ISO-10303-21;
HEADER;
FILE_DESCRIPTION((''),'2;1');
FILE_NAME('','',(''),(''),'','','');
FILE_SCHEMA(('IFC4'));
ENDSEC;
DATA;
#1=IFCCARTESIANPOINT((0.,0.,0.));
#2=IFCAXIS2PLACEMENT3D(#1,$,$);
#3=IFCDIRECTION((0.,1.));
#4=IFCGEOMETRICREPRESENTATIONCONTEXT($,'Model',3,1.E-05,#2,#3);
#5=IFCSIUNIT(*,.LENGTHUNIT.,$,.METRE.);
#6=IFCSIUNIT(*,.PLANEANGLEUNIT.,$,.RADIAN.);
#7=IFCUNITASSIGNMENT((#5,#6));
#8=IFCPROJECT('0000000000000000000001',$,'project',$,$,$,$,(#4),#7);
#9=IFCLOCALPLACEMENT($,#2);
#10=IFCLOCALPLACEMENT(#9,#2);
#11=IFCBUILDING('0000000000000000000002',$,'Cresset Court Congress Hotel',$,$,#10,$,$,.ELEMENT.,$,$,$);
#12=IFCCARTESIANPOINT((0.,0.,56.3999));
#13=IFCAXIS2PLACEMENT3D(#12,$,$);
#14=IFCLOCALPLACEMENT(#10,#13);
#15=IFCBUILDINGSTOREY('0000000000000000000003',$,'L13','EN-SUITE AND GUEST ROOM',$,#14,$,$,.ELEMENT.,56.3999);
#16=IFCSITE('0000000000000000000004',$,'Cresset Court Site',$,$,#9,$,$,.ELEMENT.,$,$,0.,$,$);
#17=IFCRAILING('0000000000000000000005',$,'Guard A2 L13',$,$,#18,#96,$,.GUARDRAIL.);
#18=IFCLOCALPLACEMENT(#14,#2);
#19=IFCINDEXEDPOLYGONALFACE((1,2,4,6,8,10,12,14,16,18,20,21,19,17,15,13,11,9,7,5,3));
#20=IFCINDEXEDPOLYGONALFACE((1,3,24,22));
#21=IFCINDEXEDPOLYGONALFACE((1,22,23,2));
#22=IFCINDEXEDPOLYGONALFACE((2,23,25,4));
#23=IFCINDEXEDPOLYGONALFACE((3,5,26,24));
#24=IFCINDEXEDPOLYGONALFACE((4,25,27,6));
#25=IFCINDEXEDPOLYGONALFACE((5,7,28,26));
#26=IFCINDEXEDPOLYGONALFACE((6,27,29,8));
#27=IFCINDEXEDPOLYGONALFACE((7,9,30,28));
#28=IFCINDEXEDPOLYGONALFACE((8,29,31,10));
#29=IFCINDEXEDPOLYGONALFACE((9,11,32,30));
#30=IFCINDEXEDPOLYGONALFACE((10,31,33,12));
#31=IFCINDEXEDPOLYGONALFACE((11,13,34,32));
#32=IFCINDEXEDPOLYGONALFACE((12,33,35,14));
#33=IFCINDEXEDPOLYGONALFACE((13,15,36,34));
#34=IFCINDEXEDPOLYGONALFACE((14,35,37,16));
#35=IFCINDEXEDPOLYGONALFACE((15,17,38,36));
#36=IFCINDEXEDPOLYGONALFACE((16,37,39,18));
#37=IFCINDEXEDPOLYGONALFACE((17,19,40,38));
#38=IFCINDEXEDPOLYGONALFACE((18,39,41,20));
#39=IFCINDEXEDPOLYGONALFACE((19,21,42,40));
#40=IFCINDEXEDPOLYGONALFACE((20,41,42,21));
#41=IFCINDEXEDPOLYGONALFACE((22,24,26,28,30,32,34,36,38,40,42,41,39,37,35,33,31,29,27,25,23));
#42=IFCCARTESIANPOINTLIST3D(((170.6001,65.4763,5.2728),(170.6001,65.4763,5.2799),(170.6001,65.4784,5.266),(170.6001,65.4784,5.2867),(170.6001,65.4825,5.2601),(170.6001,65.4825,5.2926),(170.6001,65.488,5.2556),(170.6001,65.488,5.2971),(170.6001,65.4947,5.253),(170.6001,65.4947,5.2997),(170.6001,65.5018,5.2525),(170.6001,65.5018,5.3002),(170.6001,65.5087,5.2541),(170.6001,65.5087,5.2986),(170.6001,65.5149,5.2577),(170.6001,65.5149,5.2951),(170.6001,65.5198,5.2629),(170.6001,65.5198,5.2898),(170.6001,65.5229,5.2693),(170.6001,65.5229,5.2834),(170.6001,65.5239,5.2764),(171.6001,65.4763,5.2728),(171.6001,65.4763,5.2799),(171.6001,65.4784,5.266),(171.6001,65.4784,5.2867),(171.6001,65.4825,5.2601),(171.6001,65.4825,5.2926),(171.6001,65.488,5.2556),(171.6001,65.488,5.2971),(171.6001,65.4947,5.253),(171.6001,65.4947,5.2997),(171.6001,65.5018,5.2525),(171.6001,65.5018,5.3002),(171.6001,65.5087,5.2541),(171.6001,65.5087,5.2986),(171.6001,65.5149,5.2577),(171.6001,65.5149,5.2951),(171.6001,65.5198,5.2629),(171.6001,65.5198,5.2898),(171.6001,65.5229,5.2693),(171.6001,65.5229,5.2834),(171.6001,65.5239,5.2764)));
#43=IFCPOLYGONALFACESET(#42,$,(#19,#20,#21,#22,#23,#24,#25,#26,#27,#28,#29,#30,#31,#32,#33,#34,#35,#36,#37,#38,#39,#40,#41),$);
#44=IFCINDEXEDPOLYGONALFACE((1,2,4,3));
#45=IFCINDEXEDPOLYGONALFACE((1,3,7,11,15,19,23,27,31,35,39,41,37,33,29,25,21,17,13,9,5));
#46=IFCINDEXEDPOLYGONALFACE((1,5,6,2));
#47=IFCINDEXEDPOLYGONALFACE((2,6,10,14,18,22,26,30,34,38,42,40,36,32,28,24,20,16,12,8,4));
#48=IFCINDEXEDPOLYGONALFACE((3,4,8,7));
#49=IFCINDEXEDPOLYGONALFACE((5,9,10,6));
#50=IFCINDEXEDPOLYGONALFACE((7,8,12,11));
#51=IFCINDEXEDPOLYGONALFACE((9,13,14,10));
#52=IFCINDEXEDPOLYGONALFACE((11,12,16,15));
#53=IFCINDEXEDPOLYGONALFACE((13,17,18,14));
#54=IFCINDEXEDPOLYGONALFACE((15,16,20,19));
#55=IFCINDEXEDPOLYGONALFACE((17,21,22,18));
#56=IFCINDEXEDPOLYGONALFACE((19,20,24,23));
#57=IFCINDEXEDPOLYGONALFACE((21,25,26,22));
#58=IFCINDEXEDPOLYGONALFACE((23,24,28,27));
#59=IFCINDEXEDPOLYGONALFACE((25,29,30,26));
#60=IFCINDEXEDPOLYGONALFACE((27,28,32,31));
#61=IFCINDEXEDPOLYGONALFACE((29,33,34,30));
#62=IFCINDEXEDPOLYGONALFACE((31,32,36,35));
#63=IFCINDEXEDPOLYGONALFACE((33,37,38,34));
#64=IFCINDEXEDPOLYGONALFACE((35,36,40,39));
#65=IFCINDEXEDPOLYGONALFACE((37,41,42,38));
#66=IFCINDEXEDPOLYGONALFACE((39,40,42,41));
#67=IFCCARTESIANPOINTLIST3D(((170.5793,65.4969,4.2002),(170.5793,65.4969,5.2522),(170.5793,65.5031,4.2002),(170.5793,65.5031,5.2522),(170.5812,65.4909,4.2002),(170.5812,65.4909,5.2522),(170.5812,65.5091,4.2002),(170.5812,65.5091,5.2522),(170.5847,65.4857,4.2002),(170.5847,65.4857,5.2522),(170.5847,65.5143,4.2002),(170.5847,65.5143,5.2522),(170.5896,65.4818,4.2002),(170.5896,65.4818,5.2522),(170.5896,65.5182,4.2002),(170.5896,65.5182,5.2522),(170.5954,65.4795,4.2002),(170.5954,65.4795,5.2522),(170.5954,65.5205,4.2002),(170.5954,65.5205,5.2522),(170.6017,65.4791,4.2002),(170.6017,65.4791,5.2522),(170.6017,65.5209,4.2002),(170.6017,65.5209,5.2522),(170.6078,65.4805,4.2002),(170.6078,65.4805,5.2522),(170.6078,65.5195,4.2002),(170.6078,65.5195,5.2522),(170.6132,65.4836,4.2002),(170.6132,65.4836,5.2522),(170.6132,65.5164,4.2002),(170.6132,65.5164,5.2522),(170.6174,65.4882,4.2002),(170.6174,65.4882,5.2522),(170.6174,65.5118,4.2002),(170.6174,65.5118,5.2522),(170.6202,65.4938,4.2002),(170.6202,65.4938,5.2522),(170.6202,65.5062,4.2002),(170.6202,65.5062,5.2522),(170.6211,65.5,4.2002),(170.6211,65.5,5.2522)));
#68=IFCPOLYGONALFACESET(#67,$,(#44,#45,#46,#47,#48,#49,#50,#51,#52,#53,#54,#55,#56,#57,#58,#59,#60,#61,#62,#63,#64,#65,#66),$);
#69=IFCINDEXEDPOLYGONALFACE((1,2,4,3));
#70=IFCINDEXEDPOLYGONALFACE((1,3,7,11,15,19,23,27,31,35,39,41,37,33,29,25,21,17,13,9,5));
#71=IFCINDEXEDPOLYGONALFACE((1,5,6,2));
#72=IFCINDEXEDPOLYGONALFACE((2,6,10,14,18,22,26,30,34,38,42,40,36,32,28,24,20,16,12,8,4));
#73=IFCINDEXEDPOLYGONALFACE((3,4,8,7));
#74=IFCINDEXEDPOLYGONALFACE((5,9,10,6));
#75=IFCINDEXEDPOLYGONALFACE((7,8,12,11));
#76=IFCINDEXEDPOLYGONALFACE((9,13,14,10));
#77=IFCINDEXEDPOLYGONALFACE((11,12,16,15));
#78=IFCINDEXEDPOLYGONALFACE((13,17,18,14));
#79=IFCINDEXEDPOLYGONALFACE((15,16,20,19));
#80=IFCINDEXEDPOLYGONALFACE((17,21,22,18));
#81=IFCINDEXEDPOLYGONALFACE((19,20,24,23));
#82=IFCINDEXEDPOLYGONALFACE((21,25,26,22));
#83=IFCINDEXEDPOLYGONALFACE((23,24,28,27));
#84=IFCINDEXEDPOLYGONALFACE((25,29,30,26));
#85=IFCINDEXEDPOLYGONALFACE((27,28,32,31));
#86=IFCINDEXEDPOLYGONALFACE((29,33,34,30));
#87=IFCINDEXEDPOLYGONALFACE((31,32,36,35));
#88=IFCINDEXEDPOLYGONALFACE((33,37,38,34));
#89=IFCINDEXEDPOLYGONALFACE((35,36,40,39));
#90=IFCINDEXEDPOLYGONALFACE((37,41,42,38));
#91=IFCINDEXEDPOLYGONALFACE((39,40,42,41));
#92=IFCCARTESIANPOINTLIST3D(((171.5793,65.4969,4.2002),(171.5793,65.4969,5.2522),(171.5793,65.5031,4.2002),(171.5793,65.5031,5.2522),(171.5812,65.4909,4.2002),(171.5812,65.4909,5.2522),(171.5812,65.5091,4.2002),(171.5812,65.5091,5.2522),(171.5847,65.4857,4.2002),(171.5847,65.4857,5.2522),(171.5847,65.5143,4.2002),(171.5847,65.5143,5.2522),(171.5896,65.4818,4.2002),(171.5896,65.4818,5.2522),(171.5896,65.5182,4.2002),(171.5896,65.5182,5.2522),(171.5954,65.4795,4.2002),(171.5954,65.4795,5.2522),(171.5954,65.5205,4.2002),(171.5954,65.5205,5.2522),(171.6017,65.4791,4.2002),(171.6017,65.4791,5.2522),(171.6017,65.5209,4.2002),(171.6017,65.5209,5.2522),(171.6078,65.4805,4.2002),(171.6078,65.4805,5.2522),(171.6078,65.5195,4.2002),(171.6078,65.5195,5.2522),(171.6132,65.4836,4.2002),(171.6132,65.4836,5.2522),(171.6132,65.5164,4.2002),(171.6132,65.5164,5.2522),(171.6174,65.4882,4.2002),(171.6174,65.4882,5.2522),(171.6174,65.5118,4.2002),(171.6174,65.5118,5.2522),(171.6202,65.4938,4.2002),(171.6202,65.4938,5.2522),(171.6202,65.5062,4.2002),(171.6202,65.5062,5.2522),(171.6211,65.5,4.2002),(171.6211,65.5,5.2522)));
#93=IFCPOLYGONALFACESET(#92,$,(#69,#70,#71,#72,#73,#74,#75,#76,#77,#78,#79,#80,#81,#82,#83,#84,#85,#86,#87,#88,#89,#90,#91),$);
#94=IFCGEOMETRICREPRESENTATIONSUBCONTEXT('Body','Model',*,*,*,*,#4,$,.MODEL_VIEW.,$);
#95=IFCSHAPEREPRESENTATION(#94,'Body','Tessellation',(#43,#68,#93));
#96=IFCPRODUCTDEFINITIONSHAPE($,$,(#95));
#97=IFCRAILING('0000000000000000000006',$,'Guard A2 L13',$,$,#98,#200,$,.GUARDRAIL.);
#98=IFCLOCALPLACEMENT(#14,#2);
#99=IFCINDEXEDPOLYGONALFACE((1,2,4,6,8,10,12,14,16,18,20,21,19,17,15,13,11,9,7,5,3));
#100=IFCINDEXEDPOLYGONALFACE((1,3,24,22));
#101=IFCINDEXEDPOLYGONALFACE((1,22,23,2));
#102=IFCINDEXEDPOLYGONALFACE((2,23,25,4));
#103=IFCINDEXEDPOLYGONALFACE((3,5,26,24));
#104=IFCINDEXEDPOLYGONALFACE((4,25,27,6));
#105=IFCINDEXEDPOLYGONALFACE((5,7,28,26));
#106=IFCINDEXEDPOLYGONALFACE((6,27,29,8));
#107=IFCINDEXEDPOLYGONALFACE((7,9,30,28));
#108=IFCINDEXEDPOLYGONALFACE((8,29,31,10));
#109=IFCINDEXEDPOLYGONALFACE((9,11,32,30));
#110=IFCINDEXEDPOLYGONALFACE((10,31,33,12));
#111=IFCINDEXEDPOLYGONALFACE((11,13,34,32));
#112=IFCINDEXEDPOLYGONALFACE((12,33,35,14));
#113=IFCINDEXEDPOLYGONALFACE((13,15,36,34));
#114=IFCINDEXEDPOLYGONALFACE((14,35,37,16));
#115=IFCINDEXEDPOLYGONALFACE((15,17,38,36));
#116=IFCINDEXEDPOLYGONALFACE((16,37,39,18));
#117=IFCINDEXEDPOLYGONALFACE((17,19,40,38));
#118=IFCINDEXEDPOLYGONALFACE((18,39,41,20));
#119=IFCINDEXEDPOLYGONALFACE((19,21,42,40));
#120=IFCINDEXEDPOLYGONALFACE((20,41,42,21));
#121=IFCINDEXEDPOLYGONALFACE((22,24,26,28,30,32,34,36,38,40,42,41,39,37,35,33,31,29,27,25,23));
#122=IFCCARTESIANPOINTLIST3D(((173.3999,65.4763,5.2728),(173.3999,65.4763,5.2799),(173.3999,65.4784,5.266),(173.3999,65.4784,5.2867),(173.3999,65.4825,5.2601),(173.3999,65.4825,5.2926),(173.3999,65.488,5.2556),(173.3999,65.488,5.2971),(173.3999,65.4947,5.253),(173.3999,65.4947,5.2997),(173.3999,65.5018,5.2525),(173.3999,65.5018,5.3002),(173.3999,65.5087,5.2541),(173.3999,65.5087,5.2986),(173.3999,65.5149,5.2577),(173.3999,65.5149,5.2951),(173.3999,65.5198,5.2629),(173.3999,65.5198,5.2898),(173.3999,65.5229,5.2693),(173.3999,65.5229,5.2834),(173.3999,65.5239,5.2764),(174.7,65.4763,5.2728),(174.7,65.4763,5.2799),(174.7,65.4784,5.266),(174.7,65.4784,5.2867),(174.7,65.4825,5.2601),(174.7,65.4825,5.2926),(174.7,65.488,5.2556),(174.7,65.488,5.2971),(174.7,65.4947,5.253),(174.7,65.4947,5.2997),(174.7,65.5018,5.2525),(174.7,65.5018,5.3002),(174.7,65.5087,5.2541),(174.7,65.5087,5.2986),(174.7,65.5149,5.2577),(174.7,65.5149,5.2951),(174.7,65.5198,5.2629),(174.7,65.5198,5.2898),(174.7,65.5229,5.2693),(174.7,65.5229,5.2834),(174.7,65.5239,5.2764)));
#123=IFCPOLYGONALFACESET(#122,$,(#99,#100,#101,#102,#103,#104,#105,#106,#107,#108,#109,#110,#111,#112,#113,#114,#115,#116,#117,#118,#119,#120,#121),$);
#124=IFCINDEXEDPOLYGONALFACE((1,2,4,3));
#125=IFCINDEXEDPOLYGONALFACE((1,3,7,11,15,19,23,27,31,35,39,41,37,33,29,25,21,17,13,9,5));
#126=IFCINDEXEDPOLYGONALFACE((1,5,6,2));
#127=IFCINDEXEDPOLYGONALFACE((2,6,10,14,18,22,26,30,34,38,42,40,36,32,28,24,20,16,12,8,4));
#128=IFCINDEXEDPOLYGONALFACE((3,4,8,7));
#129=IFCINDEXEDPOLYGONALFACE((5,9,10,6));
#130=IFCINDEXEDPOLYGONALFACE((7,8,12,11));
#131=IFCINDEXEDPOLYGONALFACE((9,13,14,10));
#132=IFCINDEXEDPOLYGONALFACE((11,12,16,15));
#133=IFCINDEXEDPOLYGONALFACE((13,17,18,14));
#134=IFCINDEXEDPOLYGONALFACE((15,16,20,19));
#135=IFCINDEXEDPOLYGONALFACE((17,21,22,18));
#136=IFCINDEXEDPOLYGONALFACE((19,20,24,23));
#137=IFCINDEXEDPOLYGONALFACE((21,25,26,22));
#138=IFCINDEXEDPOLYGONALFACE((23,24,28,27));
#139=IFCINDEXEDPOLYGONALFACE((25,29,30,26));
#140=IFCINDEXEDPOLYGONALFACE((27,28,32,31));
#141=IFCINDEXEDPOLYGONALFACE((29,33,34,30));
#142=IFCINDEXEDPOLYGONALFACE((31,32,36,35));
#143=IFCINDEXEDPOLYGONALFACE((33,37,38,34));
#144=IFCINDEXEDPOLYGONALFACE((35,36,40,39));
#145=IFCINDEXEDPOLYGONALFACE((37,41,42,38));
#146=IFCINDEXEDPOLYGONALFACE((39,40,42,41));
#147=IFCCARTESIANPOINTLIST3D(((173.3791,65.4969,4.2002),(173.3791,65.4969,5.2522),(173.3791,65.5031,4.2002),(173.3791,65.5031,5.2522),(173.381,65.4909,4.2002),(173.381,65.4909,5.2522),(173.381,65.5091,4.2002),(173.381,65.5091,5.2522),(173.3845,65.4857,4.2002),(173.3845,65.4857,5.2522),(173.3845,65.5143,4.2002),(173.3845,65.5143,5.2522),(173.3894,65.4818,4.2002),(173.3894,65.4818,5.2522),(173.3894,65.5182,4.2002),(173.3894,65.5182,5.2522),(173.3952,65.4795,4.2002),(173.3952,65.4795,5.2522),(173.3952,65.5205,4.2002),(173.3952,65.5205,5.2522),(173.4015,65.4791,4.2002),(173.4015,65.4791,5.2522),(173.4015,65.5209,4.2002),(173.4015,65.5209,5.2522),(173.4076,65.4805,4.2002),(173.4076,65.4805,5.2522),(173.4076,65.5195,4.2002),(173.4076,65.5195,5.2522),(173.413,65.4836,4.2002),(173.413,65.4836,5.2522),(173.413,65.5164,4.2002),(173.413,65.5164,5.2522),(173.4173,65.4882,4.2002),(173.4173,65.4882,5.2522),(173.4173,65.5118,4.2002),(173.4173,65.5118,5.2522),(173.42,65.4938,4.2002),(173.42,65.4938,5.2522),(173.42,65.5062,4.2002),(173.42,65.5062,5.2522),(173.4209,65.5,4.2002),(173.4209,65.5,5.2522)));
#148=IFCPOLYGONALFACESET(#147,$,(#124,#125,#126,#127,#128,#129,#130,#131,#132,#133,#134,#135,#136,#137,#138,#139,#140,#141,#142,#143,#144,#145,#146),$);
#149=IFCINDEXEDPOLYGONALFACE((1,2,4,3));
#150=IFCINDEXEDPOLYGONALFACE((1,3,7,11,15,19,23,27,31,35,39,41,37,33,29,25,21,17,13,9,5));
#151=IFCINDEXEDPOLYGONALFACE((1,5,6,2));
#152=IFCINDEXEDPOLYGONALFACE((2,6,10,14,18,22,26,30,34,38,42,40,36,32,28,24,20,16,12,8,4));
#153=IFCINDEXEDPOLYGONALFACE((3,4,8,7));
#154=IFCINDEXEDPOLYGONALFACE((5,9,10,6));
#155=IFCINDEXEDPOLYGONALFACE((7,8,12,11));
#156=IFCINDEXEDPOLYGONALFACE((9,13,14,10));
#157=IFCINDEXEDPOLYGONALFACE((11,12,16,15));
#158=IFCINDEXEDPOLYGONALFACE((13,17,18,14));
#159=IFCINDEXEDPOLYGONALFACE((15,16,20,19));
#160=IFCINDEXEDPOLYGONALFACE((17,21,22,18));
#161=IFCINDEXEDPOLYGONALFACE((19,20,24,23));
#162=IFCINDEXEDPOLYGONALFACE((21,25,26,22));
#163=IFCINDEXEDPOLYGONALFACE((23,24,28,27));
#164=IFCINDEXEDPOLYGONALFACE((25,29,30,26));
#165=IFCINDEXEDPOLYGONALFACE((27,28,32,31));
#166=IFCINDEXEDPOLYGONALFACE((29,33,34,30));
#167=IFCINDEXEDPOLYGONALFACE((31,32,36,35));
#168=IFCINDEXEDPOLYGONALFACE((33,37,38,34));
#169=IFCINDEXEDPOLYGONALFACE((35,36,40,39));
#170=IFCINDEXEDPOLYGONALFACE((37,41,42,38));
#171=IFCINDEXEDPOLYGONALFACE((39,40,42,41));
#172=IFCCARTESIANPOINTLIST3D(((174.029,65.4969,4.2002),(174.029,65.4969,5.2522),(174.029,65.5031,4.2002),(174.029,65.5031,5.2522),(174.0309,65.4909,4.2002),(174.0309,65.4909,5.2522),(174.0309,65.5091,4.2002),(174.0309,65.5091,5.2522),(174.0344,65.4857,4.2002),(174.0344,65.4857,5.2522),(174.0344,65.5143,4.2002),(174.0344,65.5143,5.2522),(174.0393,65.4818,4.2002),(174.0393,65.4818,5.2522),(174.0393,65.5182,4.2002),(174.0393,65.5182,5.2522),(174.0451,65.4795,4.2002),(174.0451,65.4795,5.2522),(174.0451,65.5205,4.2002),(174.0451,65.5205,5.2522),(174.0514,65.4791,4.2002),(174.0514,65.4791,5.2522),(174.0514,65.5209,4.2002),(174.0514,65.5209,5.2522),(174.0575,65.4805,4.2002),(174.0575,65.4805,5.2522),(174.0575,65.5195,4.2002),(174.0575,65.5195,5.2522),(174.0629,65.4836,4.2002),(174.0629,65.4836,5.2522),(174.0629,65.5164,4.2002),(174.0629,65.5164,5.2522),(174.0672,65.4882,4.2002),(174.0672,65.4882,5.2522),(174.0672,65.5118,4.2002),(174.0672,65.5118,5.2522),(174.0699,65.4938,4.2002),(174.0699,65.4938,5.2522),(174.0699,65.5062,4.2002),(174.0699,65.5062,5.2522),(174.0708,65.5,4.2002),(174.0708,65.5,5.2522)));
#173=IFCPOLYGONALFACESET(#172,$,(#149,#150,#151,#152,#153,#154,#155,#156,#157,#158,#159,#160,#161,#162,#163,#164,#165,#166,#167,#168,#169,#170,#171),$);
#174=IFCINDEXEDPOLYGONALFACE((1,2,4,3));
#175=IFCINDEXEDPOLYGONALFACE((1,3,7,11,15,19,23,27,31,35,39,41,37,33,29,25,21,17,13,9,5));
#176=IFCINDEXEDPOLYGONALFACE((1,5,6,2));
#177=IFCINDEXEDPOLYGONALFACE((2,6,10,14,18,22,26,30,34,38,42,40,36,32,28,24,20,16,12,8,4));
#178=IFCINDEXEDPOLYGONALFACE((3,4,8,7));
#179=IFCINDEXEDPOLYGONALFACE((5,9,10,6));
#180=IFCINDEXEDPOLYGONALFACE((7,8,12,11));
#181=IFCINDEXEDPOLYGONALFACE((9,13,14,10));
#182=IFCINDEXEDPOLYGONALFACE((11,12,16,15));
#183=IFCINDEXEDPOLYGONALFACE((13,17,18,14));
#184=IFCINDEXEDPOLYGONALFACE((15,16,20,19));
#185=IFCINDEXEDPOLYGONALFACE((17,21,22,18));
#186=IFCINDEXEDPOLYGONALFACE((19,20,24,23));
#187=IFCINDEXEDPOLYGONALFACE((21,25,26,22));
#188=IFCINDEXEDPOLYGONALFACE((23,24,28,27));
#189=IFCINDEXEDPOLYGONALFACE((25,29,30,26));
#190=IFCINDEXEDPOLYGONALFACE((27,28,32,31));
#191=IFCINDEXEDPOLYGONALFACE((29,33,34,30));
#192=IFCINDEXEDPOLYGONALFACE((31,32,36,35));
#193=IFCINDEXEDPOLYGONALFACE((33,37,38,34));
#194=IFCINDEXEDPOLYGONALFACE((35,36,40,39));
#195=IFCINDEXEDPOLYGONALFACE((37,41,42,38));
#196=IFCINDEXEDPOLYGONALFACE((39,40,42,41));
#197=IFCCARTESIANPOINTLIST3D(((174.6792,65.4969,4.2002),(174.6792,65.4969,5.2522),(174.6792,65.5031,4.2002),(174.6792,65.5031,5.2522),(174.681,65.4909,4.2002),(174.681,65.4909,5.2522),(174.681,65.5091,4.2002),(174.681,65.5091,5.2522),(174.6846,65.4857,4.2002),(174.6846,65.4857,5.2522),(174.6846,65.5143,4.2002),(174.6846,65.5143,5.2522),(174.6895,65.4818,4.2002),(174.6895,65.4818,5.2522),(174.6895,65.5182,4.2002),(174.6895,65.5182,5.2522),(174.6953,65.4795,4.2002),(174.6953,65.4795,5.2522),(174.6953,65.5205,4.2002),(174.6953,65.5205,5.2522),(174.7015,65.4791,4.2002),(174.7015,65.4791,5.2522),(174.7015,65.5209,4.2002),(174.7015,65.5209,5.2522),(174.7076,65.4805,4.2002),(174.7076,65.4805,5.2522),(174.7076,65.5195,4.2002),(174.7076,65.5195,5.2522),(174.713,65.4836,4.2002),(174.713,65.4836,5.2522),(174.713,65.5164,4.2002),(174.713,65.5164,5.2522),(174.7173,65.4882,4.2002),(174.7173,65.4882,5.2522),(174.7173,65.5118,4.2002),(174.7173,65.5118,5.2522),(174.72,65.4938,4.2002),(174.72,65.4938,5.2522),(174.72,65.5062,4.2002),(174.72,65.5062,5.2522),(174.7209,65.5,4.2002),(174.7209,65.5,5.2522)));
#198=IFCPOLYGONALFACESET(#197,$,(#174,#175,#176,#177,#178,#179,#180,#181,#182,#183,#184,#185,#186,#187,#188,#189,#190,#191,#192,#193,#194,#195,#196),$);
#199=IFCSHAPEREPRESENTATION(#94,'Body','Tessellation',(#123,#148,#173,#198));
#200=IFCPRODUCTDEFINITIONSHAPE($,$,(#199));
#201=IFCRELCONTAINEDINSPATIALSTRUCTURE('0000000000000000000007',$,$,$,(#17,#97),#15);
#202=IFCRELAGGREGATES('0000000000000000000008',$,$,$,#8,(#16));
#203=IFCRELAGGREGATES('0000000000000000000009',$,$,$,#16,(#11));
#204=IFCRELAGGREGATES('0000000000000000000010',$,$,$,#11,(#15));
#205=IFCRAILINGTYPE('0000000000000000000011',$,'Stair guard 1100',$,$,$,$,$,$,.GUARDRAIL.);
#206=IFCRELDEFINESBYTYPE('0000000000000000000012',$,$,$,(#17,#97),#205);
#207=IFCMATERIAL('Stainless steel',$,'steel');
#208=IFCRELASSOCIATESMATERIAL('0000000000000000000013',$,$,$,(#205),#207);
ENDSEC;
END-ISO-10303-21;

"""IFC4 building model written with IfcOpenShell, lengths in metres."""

from ifc_helpers import new_model, si_unit, direction, frame, origin, origin_2d, place, context, subcontext, project, spatial, circle, extrude, material, type_object, element, save


model = new_model("IFC4")

# Units and contexts
model_context = context("Model", 3, precision=1e-05, world=origin(), true_north=direction((0.0, 1.0)))
body_context = subcontext(model_context, "Body", "Model", "MODEL_VIEW")
ifc_project = project(units=[si_unit("LENGTHUNIT", "METRE"), si_unit("PLANEANGLEUNIT", "RADIAN")], contexts=[model_context])

# Site, building, storey
site_placement = place(None, origin())
site = spatial("IfcSite", under=ifc_project, at=site_placement, Name="Cresset Court Site", CompositionType="ELEMENT", RefElevation=0.0)
building_placement = place(site_placement, origin())
building = spatial("IfcBuilding", under=site, at=building_placement, Name="Cresset Court Congress Hotel", CompositionType="ELEMENT")
storey_placement = place(building_placement, frame((0.0, 0.0, 56.3999)))
storey = spatial("IfcBuildingStorey", under=building, at=storey_placement, Name="L13", Description="EN-SUITE AND GUEST ROOM", CompositionType="ELEMENT", Elevation=56.3999)

# Railings
ifc_material_1 = material(Name="Stainless steel", Category="steel")
railing_type_1 = type_object("IfcRailingType", Name="Stair guard 1100", PredefinedType="GUARDRAIL", material=ifc_material_1)
railing_1_placement = place(storey_placement, frame((170.6001, 65.5, 4.2002)))
element("IfcRailing", 1, at=railing_1_placement, inside=storey, type_object=railing_type_1, Name="Guard A2 L13", PredefinedType="GUARDRAIL", context=body_context, shape_type="SweptSolid", body=[
    extrude(circle(Radius=0.0239, at=origin_2d()), frame((0.0, 0.0, 1.0762), z_axis=(1.0, 0.0, 0.0), x_axis=(0.0, 1.0, 0.0)), (0.0, 0.0, 1.0), 1.0),
    extrude(circle(Radius=0.021, at=origin_2d()), origin(), (0.0, 0.0, 1.0), 1.052),
    extrude(circle(Radius=0.021, at=origin_2d()), frame((1.0, 0.0, 0.0)), (0.0, 0.0, 1.0), 1.052),
])
railing_2_placement = place(storey_placement, frame((173.3999, 65.5, 4.2002)))
element("IfcRailing", 2, at=railing_2_placement, inside=storey, type_object=railing_type_1, Name="Guard A2 L13", PredefinedType="GUARDRAIL", context=body_context, shape_type="SweptSolid", body=[
    extrude(circle(Radius=0.0239, at=origin_2d()), frame((0.0, 0.0, 1.0762), z_axis=(1.0, 0.0, 0.0), x_axis=(0.0, 1.0, 0.0)), (0.0, 0.0, 1.0), 1.3),
    extrude(circle(Radius=0.021, at=origin_2d()), origin(), (0.0, 0.0, 1.0), 1.052),
    extrude(circle(Radius=0.021, at=origin_2d()), frame((0.6499, 0.0, 0.0)), (0.0, 0.0, 1.0), 1.052),
    extrude(circle(Radius=0.021, at=origin_2d()), frame((1.3, 0.0, 0.0)), (0.0, 0.0, 1.0), 1.052),
])

save(model, "model.ifc")
